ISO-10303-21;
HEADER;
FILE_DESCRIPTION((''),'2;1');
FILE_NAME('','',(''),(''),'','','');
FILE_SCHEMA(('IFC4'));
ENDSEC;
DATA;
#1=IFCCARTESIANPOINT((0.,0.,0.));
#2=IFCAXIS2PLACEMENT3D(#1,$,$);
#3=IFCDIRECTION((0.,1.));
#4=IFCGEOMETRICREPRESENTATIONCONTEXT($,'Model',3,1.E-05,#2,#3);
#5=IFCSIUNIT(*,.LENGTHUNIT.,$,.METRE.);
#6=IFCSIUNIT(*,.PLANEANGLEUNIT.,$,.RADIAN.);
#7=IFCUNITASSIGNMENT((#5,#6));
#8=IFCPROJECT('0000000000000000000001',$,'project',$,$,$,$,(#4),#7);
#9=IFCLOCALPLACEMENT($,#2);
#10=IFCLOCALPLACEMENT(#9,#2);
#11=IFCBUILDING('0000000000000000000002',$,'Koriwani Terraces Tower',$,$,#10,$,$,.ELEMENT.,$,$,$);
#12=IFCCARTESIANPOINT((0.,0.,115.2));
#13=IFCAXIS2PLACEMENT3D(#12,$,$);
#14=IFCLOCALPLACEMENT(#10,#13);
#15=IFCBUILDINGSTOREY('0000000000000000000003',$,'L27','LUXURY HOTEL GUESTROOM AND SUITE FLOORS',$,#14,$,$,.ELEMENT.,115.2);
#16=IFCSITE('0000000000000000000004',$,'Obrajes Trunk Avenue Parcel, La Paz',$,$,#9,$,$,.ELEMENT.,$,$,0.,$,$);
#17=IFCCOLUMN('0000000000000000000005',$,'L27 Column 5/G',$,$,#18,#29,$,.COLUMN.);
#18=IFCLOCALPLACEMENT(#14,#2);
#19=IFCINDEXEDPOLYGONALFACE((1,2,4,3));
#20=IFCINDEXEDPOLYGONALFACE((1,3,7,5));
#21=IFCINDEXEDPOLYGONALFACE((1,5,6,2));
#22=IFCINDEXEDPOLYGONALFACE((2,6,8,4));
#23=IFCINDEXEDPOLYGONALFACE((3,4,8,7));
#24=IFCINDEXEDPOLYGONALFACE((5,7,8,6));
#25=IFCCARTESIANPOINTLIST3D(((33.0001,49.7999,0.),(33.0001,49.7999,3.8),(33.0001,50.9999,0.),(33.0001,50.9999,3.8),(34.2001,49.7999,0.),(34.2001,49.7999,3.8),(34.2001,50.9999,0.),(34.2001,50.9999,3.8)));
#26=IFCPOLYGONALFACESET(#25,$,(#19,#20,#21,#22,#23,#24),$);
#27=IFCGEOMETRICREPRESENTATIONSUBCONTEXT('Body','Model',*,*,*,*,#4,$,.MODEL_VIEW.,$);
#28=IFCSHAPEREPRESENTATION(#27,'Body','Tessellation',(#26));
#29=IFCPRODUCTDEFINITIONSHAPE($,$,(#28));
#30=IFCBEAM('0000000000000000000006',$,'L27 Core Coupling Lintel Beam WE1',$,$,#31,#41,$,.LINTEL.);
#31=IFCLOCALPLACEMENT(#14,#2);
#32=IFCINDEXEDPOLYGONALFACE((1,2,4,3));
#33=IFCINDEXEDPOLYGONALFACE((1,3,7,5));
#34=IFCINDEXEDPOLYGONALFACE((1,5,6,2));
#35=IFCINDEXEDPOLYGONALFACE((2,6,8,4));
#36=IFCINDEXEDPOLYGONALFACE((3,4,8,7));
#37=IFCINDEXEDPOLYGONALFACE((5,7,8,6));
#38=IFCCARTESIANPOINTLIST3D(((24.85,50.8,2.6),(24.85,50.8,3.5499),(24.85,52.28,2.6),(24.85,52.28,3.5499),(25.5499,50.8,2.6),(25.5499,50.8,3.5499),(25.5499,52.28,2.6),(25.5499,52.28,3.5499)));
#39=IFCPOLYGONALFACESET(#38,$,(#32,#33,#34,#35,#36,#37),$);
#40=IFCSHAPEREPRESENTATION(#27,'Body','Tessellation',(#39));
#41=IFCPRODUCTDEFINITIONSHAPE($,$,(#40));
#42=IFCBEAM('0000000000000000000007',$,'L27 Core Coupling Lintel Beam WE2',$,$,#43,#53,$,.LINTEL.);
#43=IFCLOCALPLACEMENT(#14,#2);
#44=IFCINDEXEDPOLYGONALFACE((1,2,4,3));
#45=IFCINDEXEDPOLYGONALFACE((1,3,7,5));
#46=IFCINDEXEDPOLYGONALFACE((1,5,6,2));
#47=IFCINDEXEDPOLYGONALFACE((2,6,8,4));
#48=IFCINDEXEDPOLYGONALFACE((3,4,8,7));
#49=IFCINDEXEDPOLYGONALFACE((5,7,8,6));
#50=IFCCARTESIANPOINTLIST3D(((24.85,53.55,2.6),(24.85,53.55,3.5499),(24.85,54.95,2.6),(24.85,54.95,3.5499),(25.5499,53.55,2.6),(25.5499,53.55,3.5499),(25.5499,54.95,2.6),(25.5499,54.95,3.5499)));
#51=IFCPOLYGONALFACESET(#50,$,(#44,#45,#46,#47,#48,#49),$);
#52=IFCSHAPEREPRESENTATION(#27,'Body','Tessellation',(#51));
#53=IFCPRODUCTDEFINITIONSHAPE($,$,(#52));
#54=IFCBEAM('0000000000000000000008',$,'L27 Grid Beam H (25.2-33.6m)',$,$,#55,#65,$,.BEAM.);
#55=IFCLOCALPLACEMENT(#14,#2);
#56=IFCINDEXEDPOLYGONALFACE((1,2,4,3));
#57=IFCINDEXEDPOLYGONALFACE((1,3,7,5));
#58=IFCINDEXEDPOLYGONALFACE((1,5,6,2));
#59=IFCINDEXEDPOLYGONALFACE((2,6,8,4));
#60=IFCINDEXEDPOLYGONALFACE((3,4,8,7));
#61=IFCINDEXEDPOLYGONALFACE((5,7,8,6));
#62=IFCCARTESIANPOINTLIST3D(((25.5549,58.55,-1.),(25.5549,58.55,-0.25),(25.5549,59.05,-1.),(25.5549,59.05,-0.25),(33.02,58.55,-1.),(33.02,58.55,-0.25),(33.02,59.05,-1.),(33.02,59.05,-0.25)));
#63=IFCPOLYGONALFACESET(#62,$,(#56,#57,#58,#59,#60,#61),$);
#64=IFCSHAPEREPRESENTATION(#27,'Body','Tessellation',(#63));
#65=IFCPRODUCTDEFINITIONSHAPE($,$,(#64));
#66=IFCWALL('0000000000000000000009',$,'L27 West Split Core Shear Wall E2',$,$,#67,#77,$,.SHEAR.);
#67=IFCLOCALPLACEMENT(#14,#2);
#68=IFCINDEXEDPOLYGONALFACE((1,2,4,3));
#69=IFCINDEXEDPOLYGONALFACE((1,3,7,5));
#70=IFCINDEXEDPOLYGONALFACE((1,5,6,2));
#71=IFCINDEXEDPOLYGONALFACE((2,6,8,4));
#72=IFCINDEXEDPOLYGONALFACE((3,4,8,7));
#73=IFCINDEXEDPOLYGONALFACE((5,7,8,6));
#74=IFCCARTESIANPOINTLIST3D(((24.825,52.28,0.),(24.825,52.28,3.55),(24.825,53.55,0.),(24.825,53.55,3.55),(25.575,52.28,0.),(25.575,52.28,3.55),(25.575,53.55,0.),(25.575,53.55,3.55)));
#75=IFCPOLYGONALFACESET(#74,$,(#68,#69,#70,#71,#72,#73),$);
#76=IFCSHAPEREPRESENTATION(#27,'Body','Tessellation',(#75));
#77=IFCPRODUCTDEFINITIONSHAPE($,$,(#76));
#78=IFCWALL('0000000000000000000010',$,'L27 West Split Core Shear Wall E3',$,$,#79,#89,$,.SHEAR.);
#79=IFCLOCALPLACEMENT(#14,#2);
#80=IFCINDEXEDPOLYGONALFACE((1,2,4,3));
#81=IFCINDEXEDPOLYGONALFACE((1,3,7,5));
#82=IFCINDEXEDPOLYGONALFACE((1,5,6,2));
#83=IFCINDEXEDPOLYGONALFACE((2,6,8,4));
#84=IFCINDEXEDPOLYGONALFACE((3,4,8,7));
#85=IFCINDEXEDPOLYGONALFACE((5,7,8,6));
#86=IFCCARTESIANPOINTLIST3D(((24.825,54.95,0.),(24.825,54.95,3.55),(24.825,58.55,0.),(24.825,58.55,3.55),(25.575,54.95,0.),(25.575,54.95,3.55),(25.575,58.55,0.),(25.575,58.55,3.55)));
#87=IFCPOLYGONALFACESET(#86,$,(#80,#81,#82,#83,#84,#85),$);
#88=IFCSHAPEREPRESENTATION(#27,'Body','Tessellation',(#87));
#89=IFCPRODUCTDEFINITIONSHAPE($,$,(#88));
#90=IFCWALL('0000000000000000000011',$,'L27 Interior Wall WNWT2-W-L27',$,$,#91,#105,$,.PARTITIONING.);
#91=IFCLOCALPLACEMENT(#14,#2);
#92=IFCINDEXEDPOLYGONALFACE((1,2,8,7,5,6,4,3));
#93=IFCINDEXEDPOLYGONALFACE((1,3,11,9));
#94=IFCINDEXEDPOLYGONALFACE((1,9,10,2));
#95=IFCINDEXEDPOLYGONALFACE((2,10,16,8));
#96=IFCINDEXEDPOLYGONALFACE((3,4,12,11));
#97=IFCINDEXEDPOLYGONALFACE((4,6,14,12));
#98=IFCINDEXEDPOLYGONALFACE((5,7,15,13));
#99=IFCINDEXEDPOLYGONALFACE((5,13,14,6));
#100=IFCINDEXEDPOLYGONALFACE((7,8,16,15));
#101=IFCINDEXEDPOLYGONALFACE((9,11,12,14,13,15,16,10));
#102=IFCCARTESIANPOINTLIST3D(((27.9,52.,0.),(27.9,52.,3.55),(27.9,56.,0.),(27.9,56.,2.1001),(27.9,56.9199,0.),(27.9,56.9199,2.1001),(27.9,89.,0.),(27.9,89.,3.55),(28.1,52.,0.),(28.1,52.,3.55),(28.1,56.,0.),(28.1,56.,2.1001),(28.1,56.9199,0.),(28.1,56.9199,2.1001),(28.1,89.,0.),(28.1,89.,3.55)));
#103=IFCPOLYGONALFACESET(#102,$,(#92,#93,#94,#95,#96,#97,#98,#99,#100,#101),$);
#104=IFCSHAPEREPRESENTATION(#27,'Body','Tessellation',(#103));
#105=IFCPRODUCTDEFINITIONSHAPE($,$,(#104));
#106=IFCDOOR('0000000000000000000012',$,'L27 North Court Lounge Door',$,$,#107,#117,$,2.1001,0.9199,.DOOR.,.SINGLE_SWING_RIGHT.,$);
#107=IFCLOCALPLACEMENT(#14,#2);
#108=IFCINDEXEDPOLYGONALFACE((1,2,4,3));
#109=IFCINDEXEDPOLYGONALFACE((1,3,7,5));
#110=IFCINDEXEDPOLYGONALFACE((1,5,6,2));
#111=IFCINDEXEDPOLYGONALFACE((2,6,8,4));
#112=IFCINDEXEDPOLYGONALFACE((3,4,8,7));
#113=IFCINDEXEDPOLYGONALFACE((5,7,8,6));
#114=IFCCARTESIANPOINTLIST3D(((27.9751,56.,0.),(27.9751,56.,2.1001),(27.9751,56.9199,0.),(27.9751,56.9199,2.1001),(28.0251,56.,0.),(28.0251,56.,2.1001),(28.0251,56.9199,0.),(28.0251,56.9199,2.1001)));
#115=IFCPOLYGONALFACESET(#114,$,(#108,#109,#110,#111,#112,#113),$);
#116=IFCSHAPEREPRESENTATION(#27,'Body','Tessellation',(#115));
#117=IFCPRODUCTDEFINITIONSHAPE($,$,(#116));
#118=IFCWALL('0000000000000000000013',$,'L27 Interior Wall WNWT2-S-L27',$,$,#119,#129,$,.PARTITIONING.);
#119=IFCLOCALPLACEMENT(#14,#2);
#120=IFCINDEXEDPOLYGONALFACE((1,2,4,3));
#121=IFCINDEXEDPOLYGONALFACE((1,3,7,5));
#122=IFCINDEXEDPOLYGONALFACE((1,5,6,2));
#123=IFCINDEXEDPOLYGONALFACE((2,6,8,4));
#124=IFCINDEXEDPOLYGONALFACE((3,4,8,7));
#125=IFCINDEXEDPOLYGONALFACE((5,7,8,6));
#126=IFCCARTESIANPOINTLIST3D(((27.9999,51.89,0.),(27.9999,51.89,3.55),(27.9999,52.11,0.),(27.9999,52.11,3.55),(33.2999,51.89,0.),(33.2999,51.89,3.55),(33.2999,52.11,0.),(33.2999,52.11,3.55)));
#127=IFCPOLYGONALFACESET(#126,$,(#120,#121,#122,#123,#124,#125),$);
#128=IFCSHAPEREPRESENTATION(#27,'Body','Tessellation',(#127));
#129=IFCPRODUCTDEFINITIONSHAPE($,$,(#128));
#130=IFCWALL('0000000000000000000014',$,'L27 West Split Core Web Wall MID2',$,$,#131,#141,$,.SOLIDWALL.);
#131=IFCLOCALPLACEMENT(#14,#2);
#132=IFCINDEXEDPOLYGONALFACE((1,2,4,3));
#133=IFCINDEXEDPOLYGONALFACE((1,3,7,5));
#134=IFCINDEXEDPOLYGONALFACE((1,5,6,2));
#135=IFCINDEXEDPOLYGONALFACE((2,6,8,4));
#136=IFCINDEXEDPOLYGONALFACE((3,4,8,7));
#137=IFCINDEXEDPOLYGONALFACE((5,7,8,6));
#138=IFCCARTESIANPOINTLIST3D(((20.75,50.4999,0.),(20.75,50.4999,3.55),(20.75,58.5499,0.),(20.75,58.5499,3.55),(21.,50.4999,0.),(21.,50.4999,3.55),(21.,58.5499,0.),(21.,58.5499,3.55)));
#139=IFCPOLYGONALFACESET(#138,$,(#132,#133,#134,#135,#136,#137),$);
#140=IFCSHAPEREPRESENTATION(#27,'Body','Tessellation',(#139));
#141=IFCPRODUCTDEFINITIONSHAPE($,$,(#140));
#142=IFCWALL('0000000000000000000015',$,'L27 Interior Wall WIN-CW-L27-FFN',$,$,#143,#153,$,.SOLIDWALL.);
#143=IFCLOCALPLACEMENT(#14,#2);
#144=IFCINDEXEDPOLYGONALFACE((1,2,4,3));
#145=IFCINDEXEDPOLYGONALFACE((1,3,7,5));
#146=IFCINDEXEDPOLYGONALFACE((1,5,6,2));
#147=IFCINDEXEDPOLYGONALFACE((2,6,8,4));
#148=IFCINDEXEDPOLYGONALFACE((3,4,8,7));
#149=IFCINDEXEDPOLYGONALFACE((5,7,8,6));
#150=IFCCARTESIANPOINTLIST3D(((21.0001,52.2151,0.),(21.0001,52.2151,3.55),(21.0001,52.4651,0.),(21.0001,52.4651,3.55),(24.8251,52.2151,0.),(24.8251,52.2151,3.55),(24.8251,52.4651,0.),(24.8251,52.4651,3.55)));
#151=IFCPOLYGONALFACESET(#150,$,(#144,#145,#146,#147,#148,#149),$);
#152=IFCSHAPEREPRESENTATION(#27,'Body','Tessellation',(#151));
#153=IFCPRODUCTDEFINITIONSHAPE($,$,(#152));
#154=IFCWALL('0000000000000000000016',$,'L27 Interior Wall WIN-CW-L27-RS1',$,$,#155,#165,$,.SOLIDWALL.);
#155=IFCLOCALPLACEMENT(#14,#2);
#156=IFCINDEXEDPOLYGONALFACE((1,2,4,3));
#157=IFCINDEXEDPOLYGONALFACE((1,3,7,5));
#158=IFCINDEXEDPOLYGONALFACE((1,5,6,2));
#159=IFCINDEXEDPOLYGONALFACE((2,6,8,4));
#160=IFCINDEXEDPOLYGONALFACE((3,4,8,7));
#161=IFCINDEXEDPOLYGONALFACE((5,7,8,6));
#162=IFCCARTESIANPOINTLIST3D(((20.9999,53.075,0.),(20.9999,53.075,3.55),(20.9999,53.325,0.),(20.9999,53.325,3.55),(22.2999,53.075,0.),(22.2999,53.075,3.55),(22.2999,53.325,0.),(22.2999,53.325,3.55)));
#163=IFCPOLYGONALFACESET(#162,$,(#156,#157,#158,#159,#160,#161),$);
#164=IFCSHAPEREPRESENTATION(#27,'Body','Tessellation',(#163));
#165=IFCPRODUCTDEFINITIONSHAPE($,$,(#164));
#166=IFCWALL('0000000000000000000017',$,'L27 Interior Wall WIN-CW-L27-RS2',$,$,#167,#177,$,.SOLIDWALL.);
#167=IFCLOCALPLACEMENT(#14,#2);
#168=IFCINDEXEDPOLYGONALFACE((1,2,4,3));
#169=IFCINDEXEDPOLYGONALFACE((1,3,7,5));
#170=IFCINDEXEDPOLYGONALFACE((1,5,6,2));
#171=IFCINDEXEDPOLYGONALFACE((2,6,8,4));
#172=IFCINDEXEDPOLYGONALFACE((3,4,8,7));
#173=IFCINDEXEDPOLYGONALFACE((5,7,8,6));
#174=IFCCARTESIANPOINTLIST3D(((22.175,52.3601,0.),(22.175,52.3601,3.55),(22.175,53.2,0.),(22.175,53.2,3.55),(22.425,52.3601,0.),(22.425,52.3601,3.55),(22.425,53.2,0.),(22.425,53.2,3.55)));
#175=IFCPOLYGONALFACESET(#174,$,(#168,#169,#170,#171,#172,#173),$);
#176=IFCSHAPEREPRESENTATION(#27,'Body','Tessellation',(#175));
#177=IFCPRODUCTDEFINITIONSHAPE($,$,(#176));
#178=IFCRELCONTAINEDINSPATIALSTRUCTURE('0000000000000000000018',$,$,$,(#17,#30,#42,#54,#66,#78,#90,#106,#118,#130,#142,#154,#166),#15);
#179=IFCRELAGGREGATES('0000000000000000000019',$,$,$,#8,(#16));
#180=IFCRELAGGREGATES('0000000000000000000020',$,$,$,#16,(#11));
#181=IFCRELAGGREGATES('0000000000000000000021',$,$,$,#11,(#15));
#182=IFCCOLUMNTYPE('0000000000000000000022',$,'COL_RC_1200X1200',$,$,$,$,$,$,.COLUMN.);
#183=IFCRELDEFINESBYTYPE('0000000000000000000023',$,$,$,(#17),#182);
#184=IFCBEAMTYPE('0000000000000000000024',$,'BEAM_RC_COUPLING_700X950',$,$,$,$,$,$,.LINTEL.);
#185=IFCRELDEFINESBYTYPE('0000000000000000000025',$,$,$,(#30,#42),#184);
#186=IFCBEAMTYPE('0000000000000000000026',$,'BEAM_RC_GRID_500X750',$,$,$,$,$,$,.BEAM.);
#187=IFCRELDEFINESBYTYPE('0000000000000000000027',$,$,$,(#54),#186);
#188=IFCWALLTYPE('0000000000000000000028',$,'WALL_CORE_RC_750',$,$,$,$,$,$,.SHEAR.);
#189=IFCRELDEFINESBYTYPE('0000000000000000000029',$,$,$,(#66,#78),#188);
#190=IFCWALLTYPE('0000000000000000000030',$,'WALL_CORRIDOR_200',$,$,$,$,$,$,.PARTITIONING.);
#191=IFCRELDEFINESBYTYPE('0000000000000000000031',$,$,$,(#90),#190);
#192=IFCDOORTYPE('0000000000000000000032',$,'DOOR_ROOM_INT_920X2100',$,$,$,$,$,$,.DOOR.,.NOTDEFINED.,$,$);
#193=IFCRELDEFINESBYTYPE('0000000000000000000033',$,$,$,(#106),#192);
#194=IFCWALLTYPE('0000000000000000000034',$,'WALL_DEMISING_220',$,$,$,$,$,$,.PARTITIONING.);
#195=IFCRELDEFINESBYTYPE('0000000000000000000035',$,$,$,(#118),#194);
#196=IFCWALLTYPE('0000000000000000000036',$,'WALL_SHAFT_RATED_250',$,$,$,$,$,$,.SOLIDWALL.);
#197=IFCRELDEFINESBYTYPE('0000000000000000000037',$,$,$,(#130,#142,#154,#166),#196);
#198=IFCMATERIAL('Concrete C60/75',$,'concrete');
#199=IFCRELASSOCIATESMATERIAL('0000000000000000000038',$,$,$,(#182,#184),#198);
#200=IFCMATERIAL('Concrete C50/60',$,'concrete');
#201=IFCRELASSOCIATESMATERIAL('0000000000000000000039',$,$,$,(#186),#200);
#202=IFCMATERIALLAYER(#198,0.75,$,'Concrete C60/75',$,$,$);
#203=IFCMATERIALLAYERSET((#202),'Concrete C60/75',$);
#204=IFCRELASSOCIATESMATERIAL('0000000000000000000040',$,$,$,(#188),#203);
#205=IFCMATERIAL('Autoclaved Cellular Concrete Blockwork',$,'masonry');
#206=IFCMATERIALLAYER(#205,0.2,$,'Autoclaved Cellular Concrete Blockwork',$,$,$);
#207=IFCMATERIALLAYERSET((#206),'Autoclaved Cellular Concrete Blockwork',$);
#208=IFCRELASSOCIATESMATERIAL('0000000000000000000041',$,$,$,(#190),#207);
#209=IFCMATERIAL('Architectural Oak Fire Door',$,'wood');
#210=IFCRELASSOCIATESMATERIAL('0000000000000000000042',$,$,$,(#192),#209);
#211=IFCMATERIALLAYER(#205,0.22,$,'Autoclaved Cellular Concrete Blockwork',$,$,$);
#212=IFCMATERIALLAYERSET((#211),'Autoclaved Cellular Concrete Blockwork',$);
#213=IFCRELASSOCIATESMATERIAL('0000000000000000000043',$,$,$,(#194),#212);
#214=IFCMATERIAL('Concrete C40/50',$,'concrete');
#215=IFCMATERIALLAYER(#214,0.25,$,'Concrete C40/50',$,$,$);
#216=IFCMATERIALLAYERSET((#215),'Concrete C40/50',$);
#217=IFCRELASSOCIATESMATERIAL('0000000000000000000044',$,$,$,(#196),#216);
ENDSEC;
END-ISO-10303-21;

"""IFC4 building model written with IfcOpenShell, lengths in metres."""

from ifc_helpers import new_model, si_unit, direction, frame, frame_2d, origin, origin_2d, place, context, subcontext, project, spatial, rectangle, extrude, material, layer, layer_set, material_profile, profile_set, type_object, element, fill, save


model = new_model("IFC4")

# Units and contexts
model_context = context("Model", 3, precision=1e-05, world=origin(), true_north=direction((0.0, 1.0)))
body_context = subcontext(model_context, "Body", "Model", "MODEL_VIEW")
ifc_project = project(units=[si_unit("LENGTHUNIT", "METRE"), si_unit("PLANEANGLEUNIT", "RADIAN")], contexts=[model_context])

# Site, building, storey
site_placement = place(None, origin())
site = spatial("IfcSite", under=ifc_project, at=site_placement, Name="Obrajes Trunk Avenue Parcel, La Paz", CompositionType="ELEMENT", RefElevation=0.0)
building_placement = place(site_placement, origin())
building = spatial("IfcBuilding", under=site, at=building_placement, Name="Koriwani Terraces Tower", CompositionType="ELEMENT")
storey_placement = place(building_placement, frame((0.0, 0.0, 115.2)))
storey = spatial("IfcBuildingStorey", under=building, at=storey_placement, Name="L27", Description="LUXURY HOTEL GUESTROOM AND SUITE FLOORS", CompositionType="ELEMENT", Elevation=115.2)

# Column
ifc_material_1 = material(Name="Concrete C60/75", Category="concrete")
ifc_material_profile_1 = material_profile(ifc_material_1, rectangle(XDim=1.2, YDim=1.2, at=origin_2d()), Name="Concrete C60/75", Category="LoadBearing")
ifc_profile_set_1 = profile_set([ifc_material_profile_1], Name="Concrete C60/75")
column_type = type_object("IfcColumnType", Name="COL_RC_1200X1200", PredefinedType="COLUMN", material=ifc_profile_set_1)
column_placement = place(storey_placement, frame((33.6001, 50.3999, 0.0), z_axis=(0.0, 0.0, 1.0), x_axis=(1.0, 0.0, 0.0)))
element("IfcColumn", 1, at=column_placement, inside=storey, type_object=column_type, Name="L27 Column 5/G", PredefinedType="COLUMN", context=body_context, shape_type="SweptSolid", body=[
    extrude(rectangle(XDim=1.2, YDim=1.2, at=origin_2d()), origin(), (0.0, 0.0, 1.0), 3.8),
])

# Beams
ifc_material_profile_2 = material_profile(ifc_material_1, rectangle(XDim=0.7, YDim=0.95, at=origin_2d()), Name="Concrete C60/75", Category="LoadBearing")
ifc_profile_set_2 = profile_set([ifc_material_profile_2], Name="Concrete C60/75")
beam_type_1 = type_object("IfcBeamType", Name="BEAM_RC_COUPLING_700X950", PredefinedType="LINTEL", material=ifc_profile_set_2)
beam_1_placement = place(storey_placement, frame((25.2, 50.8, 3.075), z_axis=(0.0, 1.0, 0.0), x_axis=(-1.0, 0.0, 0.0)))
element("IfcBeam", 2, at=beam_1_placement, inside=storey, type_object=beam_type_1, Name="L27 Core Coupling Lintel Beam WE1", PredefinedType="LINTEL", context=body_context, shape_type="SweptSolid", body=[
    extrude(rectangle(XDim=0.7, YDim=0.95, at=origin_2d()), origin(), (0.0, 0.0, 1.0), 1.48),
])
beam_2_placement = place(storey_placement, frame((25.2, 53.55, 3.075), z_axis=(0.0, 1.0, 0.0), x_axis=(-1.0, 0.0, 0.0)))
element("IfcBeam", 3, at=beam_2_placement, inside=storey, type_object=beam_type_1, Name="L27 Core Coupling Lintel Beam WE2", PredefinedType="LINTEL", context=body_context, shape_type="SweptSolid", body=[
    extrude(rectangle(XDim=0.7, YDim=0.95, at=origin_2d()), origin(), (0.0, 0.0, 1.0), 1.3999),
])
ifc_material_2 = material(Name="Concrete C50/60", Category="concrete")
ifc_material_profile_3 = material_profile(ifc_material_2, rectangle(XDim=0.5, YDim=0.75, at=origin_2d()), Name="Concrete C50/60", Category="LoadBearing")
ifc_profile_set_3 = profile_set([ifc_material_profile_3], Name="Concrete C50/60")
beam_type_2 = type_object("IfcBeamType", Name="BEAM_RC_GRID_500X750", PredefinedType="BEAM", material=ifc_profile_set_3)
beam_3_placement = place(storey_placement, frame((25.5549, 58.8, -0.625), z_axis=(1.0, 0.0, 0.0), x_axis=(0.0, 1.0, 0.0)))
element("IfcBeam", 4, at=beam_3_placement, inside=storey, type_object=beam_type_2, Name="L27 Grid Beam H (25.2-33.6m)", PredefinedType="BEAM", context=body_context, shape_type="SweptSolid", body=[
    extrude(rectangle(XDim=0.5, YDim=0.75, at=origin_2d()), origin(), (0.0, 0.0, 1.0), 7.4651),
])

# Walls
ifc_layer_1 = layer(ifc_material_1, 0.75, Name="Concrete C60/75")
ifc_layer_set_1 = layer_set([ifc_layer_1], Name="Concrete C60/75")
wall_type_1 = type_object("IfcWallType", Name="WALL_CORE_RC_750", PredefinedType="SHEAR", material=ifc_layer_set_1)
wall_1_placement = place(storey_placement, frame((25.2, 52.28, 0.0), z_axis=(0.0, 0.0, 1.0), x_axis=(0.0, 1.0, 0.0)))
element("IfcWall", 5, at=wall_1_placement, inside=storey, type_object=wall_type_1, Name="L27 West Split Core Shear Wall E2", PredefinedType="SHEAR", context=body_context, shape_type="SweptSolid", body=[
    extrude(rectangle(XDim=1.27, YDim=0.75, at=frame_2d((0.635, 0.0))), origin(), (0.0, 0.0, 1.0), 3.55),
])
wall_2_placement = place(storey_placement, frame((25.2, 54.95, 0.0), z_axis=(0.0, 0.0, 1.0), x_axis=(0.0, 1.0, 0.0)))
element("IfcWall", 6, at=wall_2_placement, inside=storey, type_object=wall_type_1, Name="L27 West Split Core Shear Wall E3", PredefinedType="SHEAR", context=body_context, shape_type="SweptSolid", body=[
    extrude(rectangle(XDim=3.6001, YDim=0.75, at=frame_2d((1.8, 0.0))), origin(), (0.0, 0.0, 1.0), 3.55),
])

# Wall, opening, door
ifc_material_3 = material(Name="Autoclaved Cellular Concrete Blockwork", Category="masonry")
ifc_layer_2 = layer(ifc_material_3, 0.2, Name="Autoclaved Cellular Concrete Blockwork")
ifc_layer_set_2 = layer_set([ifc_layer_2], Name="Autoclaved Cellular Concrete Blockwork")
wall_type_2 = type_object("IfcWallType", Name="WALL_CORRIDOR_200", PredefinedType="PARTITIONING", material=ifc_layer_set_2)
wall_3_placement = place(storey_placement, frame((28.0, 52.0, 0.0), z_axis=(0.0, 0.0, 1.0), x_axis=(0.0, 1.0, 0.0)))
wall_3 = element("IfcWall", 7, at=wall_3_placement, inside=storey, type_object=wall_type_2, Name="L27 Interior Wall WNWT2-W-L27", PredefinedType="PARTITIONING", context=body_context, shape_type="SweptSolid", body=[
    extrude(rectangle(XDim=37.0, YDim=0.2, at=frame_2d((18.5, 0.0))), origin(), (0.0, 0.0, 1.0), 3.55),
])
opening_1_placement = place(wall_3_placement, frame((4.0, 0.0, 0.0)))
opening_1 = element("IfcOpeningElement", 8, at=opening_1_placement, cuts=wall_3, PredefinedType="OPENING", context=body_context, shape_type="SweptSolid", body=[
    extrude(rectangle(XDim=0.9199, YDim=2.1001, at=frame_2d((0.46, 1.05))), frame((0.0, 0.1099, 0.0), z_axis=(0.0, -1.0, 0.0), x_axis=(1.0, 0.0, 0.0)), (0.0, 0.0, 1.0), 0.22),
])
ifc_material_4 = material(Name="Architectural Oak Fire Door", Category="wood")
door_type_1 = type_object("IfcDoorType", Name="DOOR_ROOM_INT_920X2100", OperationType="NOTDEFINED", PredefinedType="DOOR", material=ifc_material_4)
door_1_placement = place(opening_1_placement, origin())
door_1 = element("IfcDoor", 9, at=door_1_placement, inside=storey, type_object=door_type_1, Name="L27 North Court Lounge Door", OperationType="SINGLE_SWING_RIGHT", OverallHeight=2.1001, OverallWidth=0.9199, PredefinedType="DOOR", context=body_context, shape_type="SweptSolid", body=[
    extrude(rectangle(XDim=0.9199, YDim=2.1001, at=frame_2d((0.46, 1.05))), frame((0.0, 0.0249, 0.0), z_axis=(0.0, -1.0, 0.0), x_axis=(1.0, 0.0, 0.0)), (0.0, 0.0, 1.0), 0.05),
])
fill(opening_1, door_1)

# Walls
ifc_layer_3 = layer(ifc_material_3, 0.22, Name="Autoclaved Cellular Concrete Blockwork")
ifc_layer_set_3 = layer_set([ifc_layer_3], Name="Autoclaved Cellular Concrete Blockwork")
wall_type_3 = type_object("IfcWallType", Name="WALL_DEMISING_220", PredefinedType="PARTITIONING", material=ifc_layer_set_3)
wall_4_placement = place(storey_placement, frame((28.0, 52.0, 0.0), z_axis=(0.0, 0.0, 1.0), x_axis=(1.0, 0.0, 0.0)))
element("IfcWall", 10, at=wall_4_placement, inside=storey, type_object=wall_type_3, Name="L27 Interior Wall WNWT2-S-L27", PredefinedType="PARTITIONING", context=body_context, shape_type="SweptSolid", body=[
    extrude(rectangle(XDim=5.3, YDim=0.22, at=frame_2d((2.6499, 0.0))), origin(), (0.0, 0.0, 1.0), 3.55),
])
ifc_material_5 = material(Name="Concrete C40/50", Category="concrete")
ifc_layer_4 = layer(ifc_material_5, 0.25, Name="Concrete C40/50")
ifc_layer_set_4 = layer_set([ifc_layer_4], Name="Concrete C40/50")
wall_type_4 = type_object("IfcWallType", Name="WALL_SHAFT_RATED_250", PredefinedType="SOLIDWALL", material=ifc_layer_set_4)
wall_5_placement = place(storey_placement, frame((20.875, 50.5, 0.0), z_axis=(0.0, 0.0, 1.0), x_axis=(0.0, 1.0, 0.0)))
element("IfcWall", 11, at=wall_5_placement, inside=storey, type_object=wall_type_4, Name="L27 West Split Core Web Wall MID2", PredefinedType="SOLIDWALL", context=body_context, shape_type="SweptSolid", body=[
    extrude(rectangle(XDim=8.05, YDim=0.25, at=frame_2d((4.0249, 0.0))), origin(), (0.0, 0.0, 1.0), 3.55),
])

# Wall
wall_6_placement = place(storey_placement, frame((21.0, 52.3401, 0.0), z_axis=(0.0, 0.0, 1.0), x_axis=(1.0, 0.0, 0.0)))
element("IfcWall", 12, at=wall_6_placement, inside=storey, type_object=wall_type_4, Name="L27 Interior Wall WIN-CW-L27-FFN", PredefinedType="SOLIDWALL", context=body_context, shape_type="SweptSolid", body=[
    extrude(rectangle(XDim=3.825, YDim=0.25, at=frame_2d((1.9126, 0.0))), origin(), (0.0, 0.0, 1.0), 3.55),
])

# Walls
wall_7_placement = place(storey_placement, frame((21.0, 53.2, 0.0), z_axis=(0.0, 0.0, 1.0), x_axis=(1.0, 0.0, 0.0)))
element("IfcWall", 13, at=wall_7_placement, inside=storey, type_object=wall_type_4, Name="L27 Interior Wall WIN-CW-L27-RS1", PredefinedType="SOLIDWALL", context=body_context, shape_type="SweptSolid", body=[
    extrude(rectangle(XDim=1.3, YDim=0.25, at=frame_2d((0.6499, 0.0))), origin(), (0.0, 0.0, 1.0), 3.55),
])
wall_8_placement = place(storey_placement, frame((22.3, 52.3601, 0.0), z_axis=(0.0, 0.0, 1.0), x_axis=(0.0, 1.0, 0.0)))
element("IfcWall", 14, at=wall_8_placement, inside=storey, type_object=wall_type_4, Name="L27 Interior Wall WIN-CW-L27-RS2", PredefinedType="SOLIDWALL", context=body_context, shape_type="SweptSolid", body=[
    extrude(rectangle(XDim=0.8398, YDim=0.25, at=frame_2d((0.4199, 0.0))), origin(), (0.0, 0.0, 1.0), 3.55),
])

save(model, "model.ifc")
